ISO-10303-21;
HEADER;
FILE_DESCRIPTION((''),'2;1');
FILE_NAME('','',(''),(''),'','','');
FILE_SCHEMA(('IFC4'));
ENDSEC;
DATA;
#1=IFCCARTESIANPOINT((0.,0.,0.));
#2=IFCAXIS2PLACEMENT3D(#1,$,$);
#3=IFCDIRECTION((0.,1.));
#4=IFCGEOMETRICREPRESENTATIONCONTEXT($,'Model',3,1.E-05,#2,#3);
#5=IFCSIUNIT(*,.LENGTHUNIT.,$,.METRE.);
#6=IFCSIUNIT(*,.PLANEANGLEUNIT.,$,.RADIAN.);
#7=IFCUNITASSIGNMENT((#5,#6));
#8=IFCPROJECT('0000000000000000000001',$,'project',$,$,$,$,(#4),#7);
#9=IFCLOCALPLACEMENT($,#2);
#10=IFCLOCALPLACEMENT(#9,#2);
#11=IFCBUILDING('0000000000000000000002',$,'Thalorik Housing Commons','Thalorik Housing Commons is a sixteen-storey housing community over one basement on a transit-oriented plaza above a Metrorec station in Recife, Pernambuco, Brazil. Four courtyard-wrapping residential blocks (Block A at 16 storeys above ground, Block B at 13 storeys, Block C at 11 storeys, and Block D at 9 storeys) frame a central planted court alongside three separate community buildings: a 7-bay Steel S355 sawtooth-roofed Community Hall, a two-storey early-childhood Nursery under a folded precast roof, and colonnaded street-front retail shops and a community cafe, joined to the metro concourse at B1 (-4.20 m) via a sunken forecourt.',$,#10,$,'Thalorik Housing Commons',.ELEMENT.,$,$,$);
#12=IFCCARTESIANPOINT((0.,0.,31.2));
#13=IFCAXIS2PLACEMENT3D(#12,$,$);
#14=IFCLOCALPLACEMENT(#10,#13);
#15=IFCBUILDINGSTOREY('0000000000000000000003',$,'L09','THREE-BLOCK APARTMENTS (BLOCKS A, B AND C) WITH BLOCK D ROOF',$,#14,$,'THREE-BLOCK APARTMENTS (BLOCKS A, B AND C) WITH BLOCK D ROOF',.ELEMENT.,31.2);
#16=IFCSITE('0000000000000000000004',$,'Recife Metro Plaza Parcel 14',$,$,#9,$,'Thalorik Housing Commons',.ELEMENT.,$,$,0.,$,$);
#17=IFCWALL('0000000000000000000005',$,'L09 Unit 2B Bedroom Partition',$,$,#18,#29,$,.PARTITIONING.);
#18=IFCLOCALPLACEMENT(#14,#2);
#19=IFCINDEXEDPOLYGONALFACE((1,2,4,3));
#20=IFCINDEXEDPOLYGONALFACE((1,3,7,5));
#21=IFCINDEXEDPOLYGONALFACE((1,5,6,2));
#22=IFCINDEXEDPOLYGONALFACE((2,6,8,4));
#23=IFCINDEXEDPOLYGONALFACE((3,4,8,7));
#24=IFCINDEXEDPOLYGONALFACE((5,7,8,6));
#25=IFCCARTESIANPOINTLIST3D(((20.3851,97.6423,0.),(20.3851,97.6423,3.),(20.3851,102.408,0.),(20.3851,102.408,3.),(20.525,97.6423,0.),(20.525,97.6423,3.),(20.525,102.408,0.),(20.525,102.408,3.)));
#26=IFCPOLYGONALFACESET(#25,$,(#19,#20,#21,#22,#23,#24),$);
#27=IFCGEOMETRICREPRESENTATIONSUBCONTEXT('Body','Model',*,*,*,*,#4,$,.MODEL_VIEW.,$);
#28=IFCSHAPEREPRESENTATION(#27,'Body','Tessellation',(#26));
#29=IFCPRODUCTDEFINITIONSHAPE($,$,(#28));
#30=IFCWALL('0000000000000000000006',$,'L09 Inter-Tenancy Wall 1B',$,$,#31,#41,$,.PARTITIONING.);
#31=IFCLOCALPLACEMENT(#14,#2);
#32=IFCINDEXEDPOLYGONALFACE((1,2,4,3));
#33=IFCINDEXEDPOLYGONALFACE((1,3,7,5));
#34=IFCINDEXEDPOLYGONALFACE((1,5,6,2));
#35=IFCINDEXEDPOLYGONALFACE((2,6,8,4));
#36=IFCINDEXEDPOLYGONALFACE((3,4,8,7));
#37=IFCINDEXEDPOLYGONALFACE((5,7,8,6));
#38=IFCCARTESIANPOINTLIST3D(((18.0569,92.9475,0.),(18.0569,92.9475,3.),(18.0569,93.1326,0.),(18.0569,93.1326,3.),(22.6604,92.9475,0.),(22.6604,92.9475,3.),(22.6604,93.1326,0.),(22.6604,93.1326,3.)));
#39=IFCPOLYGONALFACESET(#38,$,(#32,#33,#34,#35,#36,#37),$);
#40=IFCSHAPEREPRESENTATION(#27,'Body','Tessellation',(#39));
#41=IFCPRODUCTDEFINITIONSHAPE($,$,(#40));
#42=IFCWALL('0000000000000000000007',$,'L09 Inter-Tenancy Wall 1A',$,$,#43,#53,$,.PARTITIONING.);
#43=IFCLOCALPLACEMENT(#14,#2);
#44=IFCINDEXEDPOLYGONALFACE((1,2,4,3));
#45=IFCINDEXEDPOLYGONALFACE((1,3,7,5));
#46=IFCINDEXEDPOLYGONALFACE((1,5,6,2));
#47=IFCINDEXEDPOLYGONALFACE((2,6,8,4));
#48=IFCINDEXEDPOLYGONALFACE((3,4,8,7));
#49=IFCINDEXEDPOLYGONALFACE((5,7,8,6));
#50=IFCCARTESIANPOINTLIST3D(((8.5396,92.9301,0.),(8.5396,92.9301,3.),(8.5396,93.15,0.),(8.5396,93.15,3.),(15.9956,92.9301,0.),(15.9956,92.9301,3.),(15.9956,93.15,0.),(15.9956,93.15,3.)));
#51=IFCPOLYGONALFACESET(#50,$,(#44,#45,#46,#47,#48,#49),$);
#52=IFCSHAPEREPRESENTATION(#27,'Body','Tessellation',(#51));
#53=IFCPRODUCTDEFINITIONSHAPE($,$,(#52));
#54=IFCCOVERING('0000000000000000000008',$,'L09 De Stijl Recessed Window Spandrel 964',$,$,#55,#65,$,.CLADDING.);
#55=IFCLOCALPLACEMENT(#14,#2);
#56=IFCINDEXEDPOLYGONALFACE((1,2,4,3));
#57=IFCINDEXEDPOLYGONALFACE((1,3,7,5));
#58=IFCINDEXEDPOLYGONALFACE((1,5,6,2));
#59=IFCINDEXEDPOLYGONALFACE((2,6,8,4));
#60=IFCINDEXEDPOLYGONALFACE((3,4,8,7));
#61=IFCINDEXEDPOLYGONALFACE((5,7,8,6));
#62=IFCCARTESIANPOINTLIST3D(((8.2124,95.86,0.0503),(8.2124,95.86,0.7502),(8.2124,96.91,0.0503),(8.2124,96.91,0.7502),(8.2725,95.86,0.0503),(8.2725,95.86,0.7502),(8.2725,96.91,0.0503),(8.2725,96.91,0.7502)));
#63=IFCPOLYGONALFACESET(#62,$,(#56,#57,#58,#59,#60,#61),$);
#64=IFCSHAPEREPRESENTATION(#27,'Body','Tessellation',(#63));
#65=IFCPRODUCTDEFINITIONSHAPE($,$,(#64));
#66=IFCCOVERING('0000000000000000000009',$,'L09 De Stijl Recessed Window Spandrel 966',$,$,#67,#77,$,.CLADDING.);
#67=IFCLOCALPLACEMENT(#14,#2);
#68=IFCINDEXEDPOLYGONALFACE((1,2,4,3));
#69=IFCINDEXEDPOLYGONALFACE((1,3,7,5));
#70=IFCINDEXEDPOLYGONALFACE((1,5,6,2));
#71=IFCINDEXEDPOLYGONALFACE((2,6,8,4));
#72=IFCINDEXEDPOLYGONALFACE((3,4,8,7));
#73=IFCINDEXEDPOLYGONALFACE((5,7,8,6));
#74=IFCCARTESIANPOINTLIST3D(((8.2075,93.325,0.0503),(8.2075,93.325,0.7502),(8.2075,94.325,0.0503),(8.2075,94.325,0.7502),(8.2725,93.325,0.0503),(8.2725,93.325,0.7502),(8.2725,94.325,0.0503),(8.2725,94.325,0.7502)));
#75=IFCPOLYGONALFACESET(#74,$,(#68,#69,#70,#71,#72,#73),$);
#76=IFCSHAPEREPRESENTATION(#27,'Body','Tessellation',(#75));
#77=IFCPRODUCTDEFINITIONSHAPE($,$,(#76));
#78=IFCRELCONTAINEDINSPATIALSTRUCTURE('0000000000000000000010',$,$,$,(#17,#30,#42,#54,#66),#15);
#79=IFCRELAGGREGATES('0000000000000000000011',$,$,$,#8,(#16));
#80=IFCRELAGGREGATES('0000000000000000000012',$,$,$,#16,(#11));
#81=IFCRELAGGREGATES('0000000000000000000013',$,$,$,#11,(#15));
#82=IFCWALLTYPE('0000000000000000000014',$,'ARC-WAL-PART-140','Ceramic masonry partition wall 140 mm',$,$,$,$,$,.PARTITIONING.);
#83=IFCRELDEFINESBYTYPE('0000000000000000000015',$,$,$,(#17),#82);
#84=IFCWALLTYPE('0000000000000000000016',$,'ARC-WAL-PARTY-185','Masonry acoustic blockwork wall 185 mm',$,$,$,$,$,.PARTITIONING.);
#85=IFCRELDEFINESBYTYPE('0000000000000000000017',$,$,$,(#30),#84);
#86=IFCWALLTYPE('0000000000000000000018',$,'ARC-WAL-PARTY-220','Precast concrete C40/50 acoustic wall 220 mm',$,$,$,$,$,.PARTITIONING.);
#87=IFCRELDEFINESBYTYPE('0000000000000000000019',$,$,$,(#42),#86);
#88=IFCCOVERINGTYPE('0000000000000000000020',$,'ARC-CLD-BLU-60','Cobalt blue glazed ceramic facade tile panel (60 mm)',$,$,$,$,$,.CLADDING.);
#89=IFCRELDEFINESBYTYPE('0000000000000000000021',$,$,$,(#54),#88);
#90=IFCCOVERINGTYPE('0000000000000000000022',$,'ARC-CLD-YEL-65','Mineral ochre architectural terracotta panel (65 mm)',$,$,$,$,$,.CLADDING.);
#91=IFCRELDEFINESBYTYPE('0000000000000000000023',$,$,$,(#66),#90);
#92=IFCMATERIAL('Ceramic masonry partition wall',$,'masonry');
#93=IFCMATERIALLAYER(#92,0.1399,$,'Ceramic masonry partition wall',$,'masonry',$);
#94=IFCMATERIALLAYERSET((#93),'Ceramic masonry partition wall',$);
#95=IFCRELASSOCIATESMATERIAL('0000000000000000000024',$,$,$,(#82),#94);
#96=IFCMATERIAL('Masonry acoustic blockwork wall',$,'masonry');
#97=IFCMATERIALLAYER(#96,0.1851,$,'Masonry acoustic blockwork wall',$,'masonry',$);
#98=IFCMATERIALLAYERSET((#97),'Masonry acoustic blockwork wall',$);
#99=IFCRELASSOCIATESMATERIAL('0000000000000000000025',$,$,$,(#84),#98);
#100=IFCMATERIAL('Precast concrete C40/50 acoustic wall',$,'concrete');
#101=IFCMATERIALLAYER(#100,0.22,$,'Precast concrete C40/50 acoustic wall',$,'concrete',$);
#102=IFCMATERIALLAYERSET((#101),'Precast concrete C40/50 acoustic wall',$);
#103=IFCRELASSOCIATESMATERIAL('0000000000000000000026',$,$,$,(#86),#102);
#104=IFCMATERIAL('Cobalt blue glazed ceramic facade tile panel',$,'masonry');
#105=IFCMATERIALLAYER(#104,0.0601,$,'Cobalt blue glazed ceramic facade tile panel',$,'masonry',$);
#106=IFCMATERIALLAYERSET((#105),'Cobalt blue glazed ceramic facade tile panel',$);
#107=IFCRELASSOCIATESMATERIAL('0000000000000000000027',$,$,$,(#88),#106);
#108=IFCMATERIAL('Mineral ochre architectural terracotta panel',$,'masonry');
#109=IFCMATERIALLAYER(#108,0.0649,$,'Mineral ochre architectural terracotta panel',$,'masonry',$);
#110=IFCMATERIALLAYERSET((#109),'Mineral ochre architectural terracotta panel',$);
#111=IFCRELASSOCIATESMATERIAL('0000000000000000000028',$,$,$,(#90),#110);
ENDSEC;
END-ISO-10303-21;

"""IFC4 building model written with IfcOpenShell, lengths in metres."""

from ifc_helpers import new_model, si_unit, direction, frame, frame_2d, origin, origin_2d, place, context, subcontext, project, spatial, rectangle, extrude, material, layer, layer_set, type_object, element, save


model = new_model("IFC4")

# Units and contexts
model_context = context("Model", 3, precision=1e-05, world=origin(), true_north=direction((0.0, 1.0)))
body_context = subcontext(model_context, "Body", "Model", "MODEL_VIEW")
ifc_project = project(units=[si_unit("LENGTHUNIT", "METRE"), si_unit("PLANEANGLEUNIT", "RADIAN")], contexts=[model_context])

# Site, building, storey
site_placement = place(None, origin())
site = spatial("IfcSite", under=ifc_project, at=site_placement, Name="Recife Metro Plaza Parcel 14", LongName="Thalorik Housing Commons", CompositionType="ELEMENT", RefElevation=0.0)
building_placement = place(site_placement, origin())
building = spatial("IfcBuilding", under=site, at=building_placement, Name="Thalorik Housing Commons", Description="Thalorik Housing Commons is a sixteen-storey housing community over one basement on a transit-oriented plaza above a Metrorec station in Recife, Pernambuco, Brazil. Four courtyard-wrapping residential blocks (Block A at 16 storeys above ground, Block B at 13 storeys, Block C at 11 storeys, and Block D at 9 storeys) frame a central planted court alongside three separate community buildings: a 7-bay Steel S355 sawtooth-roofed Community Hall, a two-storey early-childhood Nursery under a folded precast roof, and colonnaded street-front retail shops and a community cafe, joined to the metro concourse at B1 (-4.20 m) via a sunken forecourt.", LongName="Thalorik Housing Commons", CompositionType="ELEMENT")
storey_placement = place(building_placement, frame((0.0, 0.0, 31.2)))
storey = spatial("IfcBuildingStorey", under=building, at=storey_placement, Name="L09", Description="THREE-BLOCK APARTMENTS (BLOCKS A, B AND C) WITH BLOCK D ROOF", LongName="THREE-BLOCK APARTMENTS (BLOCKS A, B AND C) WITH BLOCK D ROOF", CompositionType="ELEMENT", Elevation=31.2)

# Shared definitions
ifc_material_1 = material(Name="Ceramic masonry partition wall", Category="masonry")
ifc_layer_1 = layer(ifc_material_1, 0.1399, Name="Ceramic masonry partition wall", Category="masonry")
ifc_layer_set_1 = layer_set([ifc_layer_1], Name="Ceramic masonry partition wall")
wall_type_1 = type_object("IfcWallType", Name="ARC-WAL-PART-140", Description="Ceramic masonry partition wall 140 mm", PredefinedType="PARTITIONING", material=ifc_layer_set_1)

# Walls
wall_1_placement = place(storey_placement, frame((20.4551, 97.6423, 0.0), z_axis=(0.0, 0.0, 1.0), x_axis=(0.0, 1.0, 0.0)))
element("IfcWall", 1, at=wall_1_placement, inside=storey, type_object=wall_type_1, Name="L09 Unit 2B Bedroom Partition", PredefinedType="PARTITIONING", context=body_context, shape_type="SweptSolid", body=[
    extrude(rectangle(XDim=4.7656, YDim=0.1399, at=frame_2d((2.3828, 0.0))), origin(), (0.0, 0.0, 1.0), 3.0),
])
ifc_material_2 = material(Name="Masonry acoustic blockwork wall", Category="masonry")
ifc_layer_2 = layer(ifc_material_2, 0.1851, Name="Masonry acoustic blockwork wall", Category="masonry")
ifc_layer_set_2 = layer_set([ifc_layer_2], Name="Masonry acoustic blockwork wall")
wall_type_2 = type_object("IfcWallType", Name="ARC-WAL-PARTY-185", Description="Masonry acoustic blockwork wall 185 mm", PredefinedType="PARTITIONING", material=ifc_layer_set_2)
wall_2_placement = place(storey_placement, frame((18.0569, 93.04, 0.0), z_axis=(0.0, 0.0, 1.0), x_axis=(1.0, 0.0, 0.0)))
element("IfcWall", 2, at=wall_2_placement, inside=storey, type_object=wall_type_2, Name="L09 Inter-Tenancy Wall 1B", PredefinedType="PARTITIONING", context=body_context, shape_type="SweptSolid", body=[
    extrude(rectangle(XDim=4.6035, YDim=0.1851, at=frame_2d((2.3018, 0.0))), origin(), (0.0, 0.0, 1.0), 3.0),
])
ifc_material_3 = material(Name="Precast concrete C40/50 acoustic wall", Category="concrete")
ifc_layer_3 = layer(ifc_material_3, 0.22, Name="Precast concrete C40/50 acoustic wall", Category="concrete")
ifc_layer_set_3 = layer_set([ifc_layer_3], Name="Precast concrete C40/50 acoustic wall")
wall_type_3 = type_object("IfcWallType", Name="ARC-WAL-PARTY-220", Description="Precast concrete C40/50 acoustic wall 220 mm", PredefinedType="PARTITIONING", material=ifc_layer_set_3)
wall_3_placement = place(storey_placement, frame((8.5396, 93.04, 0.0), z_axis=(0.0, 0.0, 1.0), x_axis=(1.0, 0.0, 0.0)))
element("IfcWall", 3, at=wall_3_placement, inside=storey, type_object=wall_type_3, Name="L09 Inter-Tenancy Wall 1A", PredefinedType="PARTITIONING", context=body_context, shape_type="SweptSolid", body=[
    extrude(rectangle(XDim=7.4561, YDim=0.22, at=frame_2d((3.728, 0.0))), origin(), (0.0, 0.0, 1.0), 3.0),
])

# Coverings
ifc_material_4 = material(Name="Cobalt blue glazed ceramic facade tile panel", Category="masonry")
ifc_layer_4 = layer(ifc_material_4, 0.0601, Name="Cobalt blue glazed ceramic facade tile panel", Category="masonry")
ifc_layer_set_4 = layer_set([ifc_layer_4], Name="Cobalt blue glazed ceramic facade tile panel")
covering_type_1 = type_object("IfcCoveringType", Name="ARC-CLD-BLU-60", Description="Cobalt blue glazed ceramic facade tile panel (60 mm)", PredefinedType="CLADDING", material=ifc_layer_set_4)
covering_1_placement = place(storey_placement, frame((8.2424, 96.385, 0.0503), z_axis=(0.0, 0.0, 1.0), x_axis=(0.0, -1.0, 0.0)))
element("IfcCovering", 4, at=covering_1_placement, inside=storey, type_object=covering_type_1, Name="L09 De Stijl Recessed Window Spandrel 964", PredefinedType="CLADDING", context=body_context, shape_type="SweptSolid", body=[
    extrude(rectangle(XDim=1.05, YDim=0.0601, at=origin_2d()), origin(), (0.0, 0.0, 1.0), 0.7),
])
ifc_material_5 = material(Name="Mineral ochre architectural terracotta panel", Category="masonry")
ifc_layer_5 = layer(ifc_material_5, 0.0649, Name="Mineral ochre architectural terracotta panel", Category="masonry")
ifc_layer_set_5 = layer_set([ifc_layer_5], Name="Mineral ochre architectural terracotta panel")
covering_type_2 = type_object("IfcCoveringType", Name="ARC-CLD-YEL-65", Description="Mineral ochre architectural terracotta panel (65 mm)", PredefinedType="CLADDING", material=ifc_layer_set_5)
covering_2_placement = place(storey_placement, frame((8.24, 93.825, 0.0503), z_axis=(0.0, 0.0, 1.0), x_axis=(0.0, -1.0, 0.0)))
element("IfcCovering", 5, at=covering_2_placement, inside=storey, type_object=covering_type_2, Name="L09 De Stijl Recessed Window Spandrel 966", PredefinedType="CLADDING", context=body_context, shape_type="SweptSolid", body=[
    extrude(rectangle(XDim=1.0, YDim=0.0649, at=origin_2d()), origin(), (0.0, 0.0, 1.0), 0.7),
])

save(model, "model.ifc")
